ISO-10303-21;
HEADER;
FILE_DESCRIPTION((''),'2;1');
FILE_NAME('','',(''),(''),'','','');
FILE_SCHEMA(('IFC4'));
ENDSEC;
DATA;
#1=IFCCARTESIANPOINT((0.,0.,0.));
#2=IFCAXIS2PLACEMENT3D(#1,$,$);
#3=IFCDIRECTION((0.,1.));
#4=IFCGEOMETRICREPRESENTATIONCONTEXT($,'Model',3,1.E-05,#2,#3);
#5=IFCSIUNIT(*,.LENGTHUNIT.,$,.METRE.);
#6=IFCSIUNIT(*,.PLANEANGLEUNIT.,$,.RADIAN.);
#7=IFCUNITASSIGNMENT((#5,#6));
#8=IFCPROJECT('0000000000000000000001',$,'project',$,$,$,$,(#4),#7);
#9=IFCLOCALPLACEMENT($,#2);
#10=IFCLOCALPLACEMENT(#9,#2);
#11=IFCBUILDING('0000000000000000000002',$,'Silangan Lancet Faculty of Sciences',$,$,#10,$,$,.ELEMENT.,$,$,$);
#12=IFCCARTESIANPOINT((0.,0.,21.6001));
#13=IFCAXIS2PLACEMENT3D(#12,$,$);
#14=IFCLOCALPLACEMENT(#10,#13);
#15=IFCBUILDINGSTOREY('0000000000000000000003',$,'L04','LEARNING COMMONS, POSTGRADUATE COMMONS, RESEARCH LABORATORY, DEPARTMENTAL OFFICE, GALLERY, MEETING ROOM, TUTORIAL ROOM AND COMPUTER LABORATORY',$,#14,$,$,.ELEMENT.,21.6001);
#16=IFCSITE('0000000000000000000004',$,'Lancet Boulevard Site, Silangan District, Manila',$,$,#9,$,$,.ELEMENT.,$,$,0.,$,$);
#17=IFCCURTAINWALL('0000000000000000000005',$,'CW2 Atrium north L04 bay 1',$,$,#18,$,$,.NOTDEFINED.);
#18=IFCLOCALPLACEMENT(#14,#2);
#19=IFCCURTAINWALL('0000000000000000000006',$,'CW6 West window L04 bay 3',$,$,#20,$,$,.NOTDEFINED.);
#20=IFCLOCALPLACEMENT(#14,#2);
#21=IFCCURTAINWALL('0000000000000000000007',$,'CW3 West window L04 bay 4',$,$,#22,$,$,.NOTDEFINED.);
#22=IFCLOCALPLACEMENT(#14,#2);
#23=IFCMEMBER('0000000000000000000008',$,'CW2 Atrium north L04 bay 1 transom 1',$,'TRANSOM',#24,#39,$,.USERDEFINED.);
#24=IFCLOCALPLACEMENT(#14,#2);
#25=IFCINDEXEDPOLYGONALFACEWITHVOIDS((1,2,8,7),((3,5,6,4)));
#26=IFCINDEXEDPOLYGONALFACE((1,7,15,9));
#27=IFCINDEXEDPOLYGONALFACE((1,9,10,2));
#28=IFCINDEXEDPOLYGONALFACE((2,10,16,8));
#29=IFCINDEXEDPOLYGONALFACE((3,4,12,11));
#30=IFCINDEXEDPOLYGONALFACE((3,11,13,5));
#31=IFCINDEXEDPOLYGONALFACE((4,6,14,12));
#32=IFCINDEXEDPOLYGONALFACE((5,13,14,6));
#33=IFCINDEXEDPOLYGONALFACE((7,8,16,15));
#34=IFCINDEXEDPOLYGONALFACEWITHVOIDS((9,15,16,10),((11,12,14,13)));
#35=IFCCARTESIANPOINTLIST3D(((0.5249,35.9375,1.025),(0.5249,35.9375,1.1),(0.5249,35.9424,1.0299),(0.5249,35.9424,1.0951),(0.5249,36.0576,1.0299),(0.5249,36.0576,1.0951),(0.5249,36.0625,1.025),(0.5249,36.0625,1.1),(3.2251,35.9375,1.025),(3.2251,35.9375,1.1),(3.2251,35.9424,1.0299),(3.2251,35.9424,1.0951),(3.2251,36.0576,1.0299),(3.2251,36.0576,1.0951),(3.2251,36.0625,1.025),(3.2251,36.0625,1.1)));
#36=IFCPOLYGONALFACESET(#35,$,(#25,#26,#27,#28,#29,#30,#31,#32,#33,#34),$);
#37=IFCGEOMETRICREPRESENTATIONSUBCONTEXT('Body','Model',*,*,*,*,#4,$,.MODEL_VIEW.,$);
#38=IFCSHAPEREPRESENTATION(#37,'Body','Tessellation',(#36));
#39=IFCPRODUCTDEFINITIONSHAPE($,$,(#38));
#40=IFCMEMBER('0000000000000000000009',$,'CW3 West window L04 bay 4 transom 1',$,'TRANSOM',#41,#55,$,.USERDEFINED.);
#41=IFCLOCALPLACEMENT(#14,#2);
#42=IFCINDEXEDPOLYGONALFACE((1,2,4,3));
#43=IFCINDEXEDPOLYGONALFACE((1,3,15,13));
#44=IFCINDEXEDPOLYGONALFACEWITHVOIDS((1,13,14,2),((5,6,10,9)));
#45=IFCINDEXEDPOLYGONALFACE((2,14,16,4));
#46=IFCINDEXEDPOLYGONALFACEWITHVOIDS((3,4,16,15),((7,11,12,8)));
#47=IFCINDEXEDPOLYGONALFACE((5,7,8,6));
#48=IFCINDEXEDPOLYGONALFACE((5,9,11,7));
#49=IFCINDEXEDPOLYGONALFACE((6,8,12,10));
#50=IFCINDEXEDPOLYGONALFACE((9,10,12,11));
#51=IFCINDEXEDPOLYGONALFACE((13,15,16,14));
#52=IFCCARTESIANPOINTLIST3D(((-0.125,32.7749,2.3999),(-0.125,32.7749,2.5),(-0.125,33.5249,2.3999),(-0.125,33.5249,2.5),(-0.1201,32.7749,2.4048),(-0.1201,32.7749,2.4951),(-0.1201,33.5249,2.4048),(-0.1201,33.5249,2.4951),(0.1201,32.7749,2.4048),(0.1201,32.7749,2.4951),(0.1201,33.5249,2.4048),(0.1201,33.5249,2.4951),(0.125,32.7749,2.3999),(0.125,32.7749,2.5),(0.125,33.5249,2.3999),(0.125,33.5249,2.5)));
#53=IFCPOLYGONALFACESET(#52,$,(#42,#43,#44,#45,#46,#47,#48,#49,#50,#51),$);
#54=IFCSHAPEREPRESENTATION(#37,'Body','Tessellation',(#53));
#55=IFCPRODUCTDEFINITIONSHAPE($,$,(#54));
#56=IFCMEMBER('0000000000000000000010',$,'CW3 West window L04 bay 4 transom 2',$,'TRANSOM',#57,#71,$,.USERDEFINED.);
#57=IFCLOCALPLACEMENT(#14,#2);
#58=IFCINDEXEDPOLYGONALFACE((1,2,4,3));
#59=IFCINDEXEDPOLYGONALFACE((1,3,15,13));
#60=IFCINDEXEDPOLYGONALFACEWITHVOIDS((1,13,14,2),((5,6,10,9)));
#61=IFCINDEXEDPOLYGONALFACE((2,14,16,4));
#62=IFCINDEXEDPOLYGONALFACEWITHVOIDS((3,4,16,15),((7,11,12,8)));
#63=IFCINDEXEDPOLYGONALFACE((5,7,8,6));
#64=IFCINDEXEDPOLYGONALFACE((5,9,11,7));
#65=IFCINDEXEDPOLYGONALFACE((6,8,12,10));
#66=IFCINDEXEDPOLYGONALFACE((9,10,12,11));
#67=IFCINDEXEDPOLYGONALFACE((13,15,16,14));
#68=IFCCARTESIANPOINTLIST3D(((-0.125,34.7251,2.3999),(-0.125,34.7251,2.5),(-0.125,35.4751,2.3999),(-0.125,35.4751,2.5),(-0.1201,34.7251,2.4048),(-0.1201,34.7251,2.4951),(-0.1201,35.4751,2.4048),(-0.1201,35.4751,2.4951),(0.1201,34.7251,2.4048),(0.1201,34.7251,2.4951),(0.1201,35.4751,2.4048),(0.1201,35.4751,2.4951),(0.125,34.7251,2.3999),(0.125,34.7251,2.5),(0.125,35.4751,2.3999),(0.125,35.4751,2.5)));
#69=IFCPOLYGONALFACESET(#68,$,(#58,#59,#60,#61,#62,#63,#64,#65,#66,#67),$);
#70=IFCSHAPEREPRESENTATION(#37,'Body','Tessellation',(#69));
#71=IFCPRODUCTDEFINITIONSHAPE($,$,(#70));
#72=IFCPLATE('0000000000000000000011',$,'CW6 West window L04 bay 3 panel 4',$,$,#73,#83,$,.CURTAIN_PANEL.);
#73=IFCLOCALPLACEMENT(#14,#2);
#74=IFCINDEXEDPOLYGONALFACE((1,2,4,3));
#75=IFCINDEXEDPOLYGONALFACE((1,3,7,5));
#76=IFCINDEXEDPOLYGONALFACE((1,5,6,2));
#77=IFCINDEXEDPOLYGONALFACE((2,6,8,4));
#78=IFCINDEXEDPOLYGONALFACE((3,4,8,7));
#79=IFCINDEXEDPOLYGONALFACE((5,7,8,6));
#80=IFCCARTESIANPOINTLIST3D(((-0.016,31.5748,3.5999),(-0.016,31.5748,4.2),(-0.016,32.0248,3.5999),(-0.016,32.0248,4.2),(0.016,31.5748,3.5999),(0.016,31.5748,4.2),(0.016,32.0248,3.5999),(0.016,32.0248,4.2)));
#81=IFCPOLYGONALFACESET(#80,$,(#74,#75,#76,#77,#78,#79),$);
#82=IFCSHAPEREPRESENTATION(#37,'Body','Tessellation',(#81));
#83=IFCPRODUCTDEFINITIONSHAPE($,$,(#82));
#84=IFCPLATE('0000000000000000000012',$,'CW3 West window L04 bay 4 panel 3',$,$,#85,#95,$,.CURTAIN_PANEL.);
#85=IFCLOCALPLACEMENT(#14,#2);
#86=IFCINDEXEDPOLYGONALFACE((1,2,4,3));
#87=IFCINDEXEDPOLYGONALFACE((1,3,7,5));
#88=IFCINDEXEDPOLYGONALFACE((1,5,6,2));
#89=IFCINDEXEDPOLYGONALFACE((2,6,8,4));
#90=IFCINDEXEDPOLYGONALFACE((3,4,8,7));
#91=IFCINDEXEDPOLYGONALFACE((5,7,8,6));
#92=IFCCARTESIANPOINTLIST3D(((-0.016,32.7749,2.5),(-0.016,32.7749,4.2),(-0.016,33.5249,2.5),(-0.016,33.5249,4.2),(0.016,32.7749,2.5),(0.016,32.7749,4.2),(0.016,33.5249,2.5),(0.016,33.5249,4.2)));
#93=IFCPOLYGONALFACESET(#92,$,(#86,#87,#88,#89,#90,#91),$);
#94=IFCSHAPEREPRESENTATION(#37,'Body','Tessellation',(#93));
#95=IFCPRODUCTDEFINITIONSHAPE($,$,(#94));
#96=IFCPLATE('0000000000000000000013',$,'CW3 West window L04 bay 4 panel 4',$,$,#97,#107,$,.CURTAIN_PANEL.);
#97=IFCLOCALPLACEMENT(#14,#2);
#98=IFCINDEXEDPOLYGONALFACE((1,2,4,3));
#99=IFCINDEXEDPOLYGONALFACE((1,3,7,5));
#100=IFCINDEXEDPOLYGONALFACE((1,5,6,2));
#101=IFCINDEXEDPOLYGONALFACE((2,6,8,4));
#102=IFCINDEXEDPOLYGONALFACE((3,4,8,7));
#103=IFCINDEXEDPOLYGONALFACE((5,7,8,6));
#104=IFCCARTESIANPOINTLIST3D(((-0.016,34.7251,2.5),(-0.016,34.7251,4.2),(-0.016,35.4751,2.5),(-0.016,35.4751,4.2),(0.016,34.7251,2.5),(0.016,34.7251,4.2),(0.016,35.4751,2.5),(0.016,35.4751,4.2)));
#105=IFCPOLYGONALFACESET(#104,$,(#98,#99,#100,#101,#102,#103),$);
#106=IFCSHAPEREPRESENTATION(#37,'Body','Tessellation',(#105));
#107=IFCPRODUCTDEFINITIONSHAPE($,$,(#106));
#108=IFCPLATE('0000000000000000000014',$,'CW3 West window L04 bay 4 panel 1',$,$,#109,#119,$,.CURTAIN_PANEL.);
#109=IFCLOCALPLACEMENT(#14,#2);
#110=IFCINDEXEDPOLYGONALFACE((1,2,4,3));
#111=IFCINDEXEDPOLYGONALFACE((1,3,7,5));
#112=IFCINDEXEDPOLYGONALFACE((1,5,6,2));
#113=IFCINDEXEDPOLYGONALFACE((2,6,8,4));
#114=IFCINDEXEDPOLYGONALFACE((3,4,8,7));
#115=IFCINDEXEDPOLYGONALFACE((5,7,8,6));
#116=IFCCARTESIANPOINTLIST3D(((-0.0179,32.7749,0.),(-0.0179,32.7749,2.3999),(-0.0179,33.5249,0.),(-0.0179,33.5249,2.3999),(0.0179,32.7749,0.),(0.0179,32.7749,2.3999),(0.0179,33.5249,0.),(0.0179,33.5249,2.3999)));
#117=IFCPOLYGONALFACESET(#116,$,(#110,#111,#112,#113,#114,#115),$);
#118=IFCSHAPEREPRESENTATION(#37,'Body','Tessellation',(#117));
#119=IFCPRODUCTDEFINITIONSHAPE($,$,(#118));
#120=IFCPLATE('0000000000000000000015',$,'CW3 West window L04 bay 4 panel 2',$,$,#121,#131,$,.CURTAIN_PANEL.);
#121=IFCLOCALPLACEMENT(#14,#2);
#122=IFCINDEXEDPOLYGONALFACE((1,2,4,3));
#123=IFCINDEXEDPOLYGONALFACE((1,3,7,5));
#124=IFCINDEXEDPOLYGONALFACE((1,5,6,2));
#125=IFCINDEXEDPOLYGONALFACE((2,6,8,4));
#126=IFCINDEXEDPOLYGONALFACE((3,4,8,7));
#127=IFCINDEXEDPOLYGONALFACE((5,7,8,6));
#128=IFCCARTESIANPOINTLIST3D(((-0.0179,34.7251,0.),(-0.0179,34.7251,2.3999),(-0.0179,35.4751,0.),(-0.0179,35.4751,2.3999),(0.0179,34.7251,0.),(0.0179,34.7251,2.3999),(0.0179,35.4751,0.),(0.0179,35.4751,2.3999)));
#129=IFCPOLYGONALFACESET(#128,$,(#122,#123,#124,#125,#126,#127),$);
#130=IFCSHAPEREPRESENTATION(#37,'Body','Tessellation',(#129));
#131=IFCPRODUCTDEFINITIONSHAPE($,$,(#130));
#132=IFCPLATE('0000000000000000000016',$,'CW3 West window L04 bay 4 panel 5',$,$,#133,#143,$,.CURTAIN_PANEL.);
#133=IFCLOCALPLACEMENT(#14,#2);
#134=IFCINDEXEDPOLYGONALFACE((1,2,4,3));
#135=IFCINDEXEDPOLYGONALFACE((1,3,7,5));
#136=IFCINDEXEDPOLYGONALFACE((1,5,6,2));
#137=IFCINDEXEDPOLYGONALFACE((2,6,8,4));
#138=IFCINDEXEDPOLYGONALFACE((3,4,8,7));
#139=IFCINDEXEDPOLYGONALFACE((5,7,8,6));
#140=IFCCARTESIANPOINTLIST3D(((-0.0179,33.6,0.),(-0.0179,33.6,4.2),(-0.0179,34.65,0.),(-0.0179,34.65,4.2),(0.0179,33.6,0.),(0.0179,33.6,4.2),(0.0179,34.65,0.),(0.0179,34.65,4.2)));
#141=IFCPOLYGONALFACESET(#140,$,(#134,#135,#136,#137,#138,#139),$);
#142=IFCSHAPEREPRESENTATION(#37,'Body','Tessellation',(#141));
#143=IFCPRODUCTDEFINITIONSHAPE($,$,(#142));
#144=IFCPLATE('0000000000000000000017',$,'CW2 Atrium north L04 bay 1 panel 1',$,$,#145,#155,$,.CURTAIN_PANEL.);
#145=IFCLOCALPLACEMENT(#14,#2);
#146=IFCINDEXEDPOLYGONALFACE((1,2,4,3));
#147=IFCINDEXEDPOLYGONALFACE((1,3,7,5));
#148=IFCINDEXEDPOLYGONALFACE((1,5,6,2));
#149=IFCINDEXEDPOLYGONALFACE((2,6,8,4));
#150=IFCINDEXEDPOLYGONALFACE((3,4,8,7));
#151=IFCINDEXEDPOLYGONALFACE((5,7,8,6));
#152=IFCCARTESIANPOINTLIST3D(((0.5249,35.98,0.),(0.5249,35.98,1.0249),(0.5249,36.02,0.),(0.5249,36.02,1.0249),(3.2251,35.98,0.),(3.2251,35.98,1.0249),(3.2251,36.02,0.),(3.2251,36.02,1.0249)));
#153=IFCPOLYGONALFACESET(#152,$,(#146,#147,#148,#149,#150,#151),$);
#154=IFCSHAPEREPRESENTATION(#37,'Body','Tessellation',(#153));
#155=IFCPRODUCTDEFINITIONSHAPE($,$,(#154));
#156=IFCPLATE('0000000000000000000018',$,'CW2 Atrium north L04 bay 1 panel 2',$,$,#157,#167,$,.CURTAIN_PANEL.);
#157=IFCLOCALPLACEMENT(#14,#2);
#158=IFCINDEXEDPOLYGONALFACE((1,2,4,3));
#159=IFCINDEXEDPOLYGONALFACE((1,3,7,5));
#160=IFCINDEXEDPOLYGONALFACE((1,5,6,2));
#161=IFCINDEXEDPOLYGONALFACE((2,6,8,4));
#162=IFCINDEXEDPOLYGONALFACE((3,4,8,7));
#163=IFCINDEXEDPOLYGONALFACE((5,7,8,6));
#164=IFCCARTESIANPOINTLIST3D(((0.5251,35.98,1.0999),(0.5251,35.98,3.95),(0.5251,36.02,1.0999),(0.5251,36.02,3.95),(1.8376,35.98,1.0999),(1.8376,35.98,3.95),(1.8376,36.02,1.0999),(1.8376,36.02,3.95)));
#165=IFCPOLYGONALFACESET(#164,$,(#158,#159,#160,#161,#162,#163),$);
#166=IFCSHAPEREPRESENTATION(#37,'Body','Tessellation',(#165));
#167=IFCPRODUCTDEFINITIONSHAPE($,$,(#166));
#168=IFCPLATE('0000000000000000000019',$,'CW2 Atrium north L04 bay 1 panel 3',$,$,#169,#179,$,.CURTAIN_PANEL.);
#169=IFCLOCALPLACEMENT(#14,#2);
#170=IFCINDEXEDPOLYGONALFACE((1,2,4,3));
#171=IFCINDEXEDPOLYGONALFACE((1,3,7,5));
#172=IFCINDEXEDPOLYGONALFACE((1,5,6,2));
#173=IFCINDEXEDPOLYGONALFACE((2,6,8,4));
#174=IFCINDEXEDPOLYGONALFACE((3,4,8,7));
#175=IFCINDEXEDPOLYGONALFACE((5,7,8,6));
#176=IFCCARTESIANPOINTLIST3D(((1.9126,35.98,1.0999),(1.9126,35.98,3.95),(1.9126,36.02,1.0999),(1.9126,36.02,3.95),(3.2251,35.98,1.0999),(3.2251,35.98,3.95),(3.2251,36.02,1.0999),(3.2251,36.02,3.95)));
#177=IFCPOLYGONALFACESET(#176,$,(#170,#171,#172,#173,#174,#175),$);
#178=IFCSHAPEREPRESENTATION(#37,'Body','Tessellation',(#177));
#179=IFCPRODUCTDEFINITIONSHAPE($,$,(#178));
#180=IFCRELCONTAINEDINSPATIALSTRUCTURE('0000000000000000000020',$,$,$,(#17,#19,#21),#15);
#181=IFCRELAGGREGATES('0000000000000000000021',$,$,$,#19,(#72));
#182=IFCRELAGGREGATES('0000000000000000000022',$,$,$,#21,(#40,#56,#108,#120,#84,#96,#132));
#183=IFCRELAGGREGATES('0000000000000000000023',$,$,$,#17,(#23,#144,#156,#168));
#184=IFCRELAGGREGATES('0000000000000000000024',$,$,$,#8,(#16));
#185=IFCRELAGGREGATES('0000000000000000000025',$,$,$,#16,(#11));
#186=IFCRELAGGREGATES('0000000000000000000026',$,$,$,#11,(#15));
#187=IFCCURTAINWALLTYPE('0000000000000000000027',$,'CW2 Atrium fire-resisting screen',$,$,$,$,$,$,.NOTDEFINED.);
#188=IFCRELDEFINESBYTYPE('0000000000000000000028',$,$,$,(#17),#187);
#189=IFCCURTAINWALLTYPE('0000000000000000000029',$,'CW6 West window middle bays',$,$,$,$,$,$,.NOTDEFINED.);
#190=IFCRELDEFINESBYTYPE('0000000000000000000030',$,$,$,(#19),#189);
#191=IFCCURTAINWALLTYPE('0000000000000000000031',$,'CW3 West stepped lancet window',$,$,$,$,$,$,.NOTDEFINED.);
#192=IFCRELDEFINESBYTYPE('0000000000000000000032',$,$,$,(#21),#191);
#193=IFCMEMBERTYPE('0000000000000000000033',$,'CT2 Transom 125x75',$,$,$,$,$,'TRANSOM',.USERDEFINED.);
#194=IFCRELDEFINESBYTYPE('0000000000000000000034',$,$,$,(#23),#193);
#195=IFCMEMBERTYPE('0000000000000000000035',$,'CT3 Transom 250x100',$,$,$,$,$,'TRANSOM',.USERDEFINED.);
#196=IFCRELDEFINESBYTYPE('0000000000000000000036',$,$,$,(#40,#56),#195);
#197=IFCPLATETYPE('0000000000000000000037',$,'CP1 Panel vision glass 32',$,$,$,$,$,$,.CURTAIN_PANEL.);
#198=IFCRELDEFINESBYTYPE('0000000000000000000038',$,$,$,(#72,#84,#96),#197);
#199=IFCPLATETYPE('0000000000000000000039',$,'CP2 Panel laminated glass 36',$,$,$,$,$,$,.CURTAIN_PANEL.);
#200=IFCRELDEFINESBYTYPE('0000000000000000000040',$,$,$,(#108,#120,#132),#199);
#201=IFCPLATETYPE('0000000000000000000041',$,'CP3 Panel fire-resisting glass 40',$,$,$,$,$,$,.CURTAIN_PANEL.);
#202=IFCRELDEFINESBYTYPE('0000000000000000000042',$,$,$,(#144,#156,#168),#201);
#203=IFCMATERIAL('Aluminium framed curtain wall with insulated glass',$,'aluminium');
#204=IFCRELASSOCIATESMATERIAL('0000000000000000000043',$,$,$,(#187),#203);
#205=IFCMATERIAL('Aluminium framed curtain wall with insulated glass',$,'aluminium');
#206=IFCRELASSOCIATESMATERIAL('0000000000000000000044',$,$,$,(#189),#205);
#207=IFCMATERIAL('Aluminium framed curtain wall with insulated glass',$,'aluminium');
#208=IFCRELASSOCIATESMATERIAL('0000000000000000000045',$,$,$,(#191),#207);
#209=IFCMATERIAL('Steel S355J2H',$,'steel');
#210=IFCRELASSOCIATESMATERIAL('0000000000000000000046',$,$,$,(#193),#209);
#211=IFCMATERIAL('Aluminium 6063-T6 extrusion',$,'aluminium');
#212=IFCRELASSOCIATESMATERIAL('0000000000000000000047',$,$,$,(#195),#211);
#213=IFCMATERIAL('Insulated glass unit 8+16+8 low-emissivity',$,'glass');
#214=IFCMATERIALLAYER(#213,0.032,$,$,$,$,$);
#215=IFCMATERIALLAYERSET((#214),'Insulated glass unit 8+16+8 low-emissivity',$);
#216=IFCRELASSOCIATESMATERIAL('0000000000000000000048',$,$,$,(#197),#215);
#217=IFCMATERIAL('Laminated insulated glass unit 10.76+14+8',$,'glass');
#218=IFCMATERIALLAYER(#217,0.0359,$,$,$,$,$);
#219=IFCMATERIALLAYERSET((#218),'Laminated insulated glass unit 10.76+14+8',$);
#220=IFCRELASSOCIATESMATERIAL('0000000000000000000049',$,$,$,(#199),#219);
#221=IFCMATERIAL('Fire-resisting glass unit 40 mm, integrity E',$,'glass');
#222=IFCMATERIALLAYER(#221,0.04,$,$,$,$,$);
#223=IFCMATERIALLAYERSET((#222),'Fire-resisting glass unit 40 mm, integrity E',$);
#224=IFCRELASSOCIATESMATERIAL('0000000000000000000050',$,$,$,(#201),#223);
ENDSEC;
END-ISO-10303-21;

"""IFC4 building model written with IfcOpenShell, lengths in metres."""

from ifc_helpers import new_model, si_unit, direction, frame, origin, origin_2d, place, context, subcontext, project, spatial, rectangle, hollow_rectangle, extrude, material, layer, layer_set, material_profile, profile_set, type_object, element, aggregate, save


model = new_model("IFC4")

# Units and contexts
model_context = context("Model", 3, precision=1e-05, world=origin(), true_north=direction((0.0, 1.0)))
body_context = subcontext(model_context, "Body", "Model", "MODEL_VIEW")
ifc_project = project(units=[si_unit("LENGTHUNIT", "METRE"), si_unit("PLANEANGLEUNIT", "RADIAN")], contexts=[model_context])

# Site, building, storey
site_placement = place(None, origin())
site = spatial("IfcSite", under=ifc_project, at=site_placement, Name="Lancet Boulevard Site, Silangan District, Manila", CompositionType="ELEMENT", RefElevation=0.0)
building_placement = place(site_placement, origin())
building = spatial("IfcBuilding", under=site, at=building_placement, Name="Silangan Lancet Faculty of Sciences", CompositionType="ELEMENT")
storey_placement = place(building_placement, frame((0.0, 0.0, 21.6001)))
storey = spatial("IfcBuildingStorey", under=building, at=storey_placement, Name="L04", Description="LEARNING COMMONS, POSTGRADUATE COMMONS, RESEARCH LABORATORY, DEPARTMENTAL OFFICE, GALLERY, MEETING ROOM, TUTORIAL ROOM AND COMPUTER LABORATORY", CompositionType="ELEMENT", Elevation=21.6001)

# Curtain wall
ifc_material_1 = material(Name="Aluminium framed curtain wall with insulated glass", Category="aluminium")
curtain_wall_type_1 = type_object("IfcCurtainWallType", Name="CW2 Atrium fire-resisting screen", PredefinedType="NOTDEFINED", material=ifc_material_1)
curtain_wall_1_placement = place(storey_placement, origin())
curtain_wall_1 = element("IfcCurtainWall", 1, at=curtain_wall_1_placement, inside=storey, type_object=curtain_wall_type_1, Name="CW2 Atrium north L04 bay 1", PredefinedType="NOTDEFINED")

# Curtain wall
ifc_material_2 = material(Name="Aluminium framed curtain wall with insulated glass", Category="aluminium")
curtain_wall_type_2 = type_object("IfcCurtainWallType", Name="CW6 West window middle bays", PredefinedType="NOTDEFINED", material=ifc_material_2)
curtain_wall_2_placement = place(storey_placement, origin())
curtain_wall_2 = element("IfcCurtainWall", 2, at=curtain_wall_2_placement, inside=storey, type_object=curtain_wall_type_2, Name="CW6 West window L04 bay 3", PredefinedType="NOTDEFINED")

# Curtain wall
ifc_material_3 = material(Name="Aluminium framed curtain wall with insulated glass", Category="aluminium")
curtain_wall_type_3 = type_object("IfcCurtainWallType", Name="CW3 West stepped lancet window", PredefinedType="NOTDEFINED", material=ifc_material_3)
curtain_wall_3_placement = place(storey_placement, origin())
curtain_wall_3 = element("IfcCurtainWall", 3, at=curtain_wall_3_placement, inside=storey, type_object=curtain_wall_type_3, Name="CW3 West window L04 bay 4", PredefinedType="NOTDEFINED")

# Members
ifc_material_4 = material(Name="Steel S355J2H", Category="steel")
ifc_material_profile_1 = material_profile(ifc_material_4, hollow_rectangle(XDim=0.125, YDim=0.075, WallThickness=0.0049, at=origin_2d()), Name="ST BOX 125x75x5")
ifc_profile_set_1 = profile_set([ifc_material_profile_1], Name="Steel S355J2H")
member_type_1 = type_object("IfcMemberType", Name="CT2 Transom 125x75", ElementType="TRANSOM", PredefinedType="USERDEFINED", material=ifc_profile_set_1)
member_1_placement = place(storey_placement, frame((0.5249, 36.0, 1.0625), z_axis=(1.0, 0.0, 0.0), x_axis=(0.0, 1.0, 0.0)))
member_1 = element("IfcMember", 4, at=member_1_placement, type_object=member_type_1, Name="CW2 Atrium north L04 bay 1 transom 1", ObjectType="TRANSOM", PredefinedType="USERDEFINED", context=body_context, shape_type="SweptSolid", body=[
    extrude(hollow_rectangle(XDim=0.125, YDim=0.075, WallThickness=0.0049, at=origin_2d()), origin(), (0.0, 0.0, 1.0), 2.7002),
])
ifc_material_5 = material(Name="Aluminium 6063-T6 extrusion", Category="aluminium")
ifc_material_profile_2 = material_profile(ifc_material_5, hollow_rectangle(XDim=0.25, YDim=0.1001, WallThickness=0.0049, at=origin_2d()), Name="AL BOX 250x100x5")
ifc_profile_set_2 = profile_set([ifc_material_profile_2], Name="Aluminium 6063-T6 extrusion")
member_type_2 = type_object("IfcMemberType", Name="CT3 Transom 250x100", ElementType="TRANSOM", PredefinedType="USERDEFINED", material=ifc_profile_set_2)
member_2_placement = place(storey_placement, frame((0.0, 32.7749, 2.45), z_axis=(0.0, 1.0, 0.0), x_axis=(-1.0, 0.0, 0.0)))
member_2 = element("IfcMember", 5, at=member_2_placement, type_object=member_type_2, Name="CW3 West window L04 bay 4 transom 1", ObjectType="TRANSOM", PredefinedType="USERDEFINED", context=body_context, shape_type="SweptSolid", body=[
    extrude(hollow_rectangle(XDim=0.25, YDim=0.1001, WallThickness=0.0049, at=origin_2d()), origin(), (0.0, 0.0, 1.0), 0.75),
])
member_3_placement = place(storey_placement, frame((0.0, 34.7251, 2.45), z_axis=(0.0, 1.0, 0.0), x_axis=(-1.0, 0.0, 0.0)))
member_3 = element("IfcMember", 6, at=member_3_placement, type_object=member_type_2, Name="CW3 West window L04 bay 4 transom 2", ObjectType="TRANSOM", PredefinedType="USERDEFINED", context=body_context, shape_type="SweptSolid", body=[
    extrude(hollow_rectangle(XDim=0.25, YDim=0.1001, WallThickness=0.0049, at=origin_2d()), origin(), (0.0, 0.0, 1.0), 0.75),
])

# Plates
ifc_material_6 = material(Name="Insulated glass unit 8+16+8 low-emissivity", Category="glass")
ifc_layer_1 = layer(ifc_material_6, 0.032)
ifc_layer_set_1 = layer_set([ifc_layer_1], Name="Insulated glass unit 8+16+8 low-emissivity")
plate_type_1 = type_object("IfcPlateType", Name="CP1 Panel vision glass 32", PredefinedType="CURTAIN_PANEL", material=ifc_layer_set_1)
plate_1_placement = place(storey_placement, frame((0.0, 31.7998, 3.5999), z_axis=(0.0, 0.0, 1.0), x_axis=(0.0, 1.0, 0.0)))
plate_1 = element("IfcPlate", 7, at=plate_1_placement, type_object=plate_type_1, Name="CW6 West window L04 bay 3 panel 4", PredefinedType="CURTAIN_PANEL", context=body_context, shape_type="SweptSolid", body=[
    extrude(rectangle(XDim=0.45, YDim=0.032, at=origin_2d()), origin(), (0.0, 0.0, 1.0), 0.6001),
])
aggregate(curtain_wall_2, [plate_1])
plate_2_placement = place(storey_placement, frame((0.0, 33.1499, 2.5), z_axis=(0.0, 0.0, 1.0), x_axis=(0.0, 1.0, 0.0)))
plate_2 = element("IfcPlate", 8, at=plate_2_placement, type_object=plate_type_1, Name="CW3 West window L04 bay 4 panel 3", PredefinedType="CURTAIN_PANEL", context=body_context, shape_type="SweptSolid", body=[
    extrude(rectangle(XDim=0.75, YDim=0.032, at=origin_2d()), origin(), (0.0, 0.0, 1.0), 1.7),
])
plate_3_placement = place(storey_placement, frame((0.0, 35.1001, 2.5), z_axis=(0.0, 0.0, 1.0), x_axis=(0.0, 1.0, 0.0)))
plate_3 = element("IfcPlate", 9, at=plate_3_placement, type_object=plate_type_1, Name="CW3 West window L04 bay 4 panel 4", PredefinedType="CURTAIN_PANEL", context=body_context, shape_type="SweptSolid", body=[
    extrude(rectangle(XDim=0.75, YDim=0.032, at=origin_2d()), origin(), (0.0, 0.0, 1.0), 1.7),
])
ifc_material_7 = material(Name="Laminated insulated glass unit 10.76+14+8", Category="glass")
ifc_layer_2 = layer(ifc_material_7, 0.0359)
ifc_layer_set_2 = layer_set([ifc_layer_2], Name="Laminated insulated glass unit 10.76+14+8")
plate_type_2 = type_object("IfcPlateType", Name="CP2 Panel laminated glass 36", PredefinedType="CURTAIN_PANEL", material=ifc_layer_set_2)
plate_4_placement = place(storey_placement, frame((0.0, 33.1499, 0.0), z_axis=(0.0, 0.0, 1.0), x_axis=(0.0, 1.0, 0.0)))
plate_4 = element("IfcPlate", 10, at=plate_4_placement, type_object=plate_type_2, Name="CW3 West window L04 bay 4 panel 1", PredefinedType="CURTAIN_PANEL", context=body_context, shape_type="SweptSolid", body=[
    extrude(rectangle(XDim=0.75, YDim=0.0359, at=origin_2d()), origin(), (0.0, 0.0, 1.0), 2.3999),
])
plate_5_placement = place(storey_placement, frame((0.0, 35.1001, 0.0), z_axis=(0.0, 0.0, 1.0), x_axis=(0.0, 1.0, 0.0)))
plate_5 = element("IfcPlate", 11, at=plate_5_placement, type_object=plate_type_2, Name="CW3 West window L04 bay 4 panel 2", PredefinedType="CURTAIN_PANEL", context=body_context, shape_type="SweptSolid", body=[
    extrude(rectangle(XDim=0.75, YDim=0.0359, at=origin_2d()), origin(), (0.0, 0.0, 1.0), 2.3999),
])
plate_6_placement = place(storey_placement, frame((0.0, 34.125, 0.0), z_axis=(0.0, 0.0, 1.0), x_axis=(0.0, 1.0, 0.0)))
plate_6 = element("IfcPlate", 12, at=plate_6_placement, type_object=plate_type_2, Name="CW3 West window L04 bay 4 panel 5", PredefinedType="CURTAIN_PANEL", context=body_context, shape_type="SweptSolid", body=[
    extrude(rectangle(XDim=1.05, YDim=0.0359, at=origin_2d()), origin(), (0.0, 0.0, 1.0), 4.2),
])
aggregate(curtain_wall_3, [member_2, member_3, plate_4, plate_5, plate_2, plate_3, plate_6])
ifc_material_8 = material(Name="Fire-resisting glass unit 40 mm, integrity E", Category="glass")
ifc_layer_3 = layer(ifc_material_8, 0.04)
ifc_layer_set_3 = layer_set([ifc_layer_3], Name="Fire-resisting glass unit 40 mm, integrity E")
plate_type_3 = type_object("IfcPlateType", Name="CP3 Panel fire-resisting glass 40", PredefinedType="CURTAIN_PANEL", material=ifc_layer_set_3)
plate_7_placement = place(storey_placement, frame((1.875, 36.0, 0.0), z_axis=(0.0, 0.0, 1.0), x_axis=(1.0, 0.0, 0.0)))
plate_7 = element("IfcPlate", 13, at=plate_7_placement, type_object=plate_type_3, Name="CW2 Atrium north L04 bay 1 panel 1", PredefinedType="CURTAIN_PANEL", context=body_context, shape_type="SweptSolid", body=[
    extrude(rectangle(XDim=2.7002, YDim=0.04, at=origin_2d()), origin(), (0.0, 0.0, 1.0), 1.0249),
])
plate_8_placement = place(storey_placement, frame((1.1814, 36.0, 1.0999), z_axis=(0.0, 0.0, 1.0), x_axis=(1.0, 0.0, 0.0)))
plate_8 = element("IfcPlate", 14, at=plate_8_placement, type_object=plate_type_3, Name="CW2 Atrium north L04 bay 1 panel 2", PredefinedType="CURTAIN_PANEL", context=body_context, shape_type="SweptSolid", body=[
    extrude(rectangle(XDim=1.3125, YDim=0.04, at=origin_2d()), origin(), (0.0, 0.0, 1.0), 2.8501),
])
plate_9_placement = place(storey_placement, frame((2.5688, 36.0, 1.0999), z_axis=(0.0, 0.0, 1.0), x_axis=(1.0, 0.0, 0.0)))
plate_9 = element("IfcPlate", 15, at=plate_9_placement, type_object=plate_type_3, Name="CW2 Atrium north L04 bay 1 panel 3", PredefinedType="CURTAIN_PANEL", context=body_context, shape_type="SweptSolid", body=[
    extrude(rectangle(XDim=1.3125, YDim=0.04, at=origin_2d()), origin(), (0.0, 0.0, 1.0), 2.8501),
])
aggregate(curtain_wall_1, [member_1, plate_7, plate_8, plate_9])

save(model, "model.ifc")
